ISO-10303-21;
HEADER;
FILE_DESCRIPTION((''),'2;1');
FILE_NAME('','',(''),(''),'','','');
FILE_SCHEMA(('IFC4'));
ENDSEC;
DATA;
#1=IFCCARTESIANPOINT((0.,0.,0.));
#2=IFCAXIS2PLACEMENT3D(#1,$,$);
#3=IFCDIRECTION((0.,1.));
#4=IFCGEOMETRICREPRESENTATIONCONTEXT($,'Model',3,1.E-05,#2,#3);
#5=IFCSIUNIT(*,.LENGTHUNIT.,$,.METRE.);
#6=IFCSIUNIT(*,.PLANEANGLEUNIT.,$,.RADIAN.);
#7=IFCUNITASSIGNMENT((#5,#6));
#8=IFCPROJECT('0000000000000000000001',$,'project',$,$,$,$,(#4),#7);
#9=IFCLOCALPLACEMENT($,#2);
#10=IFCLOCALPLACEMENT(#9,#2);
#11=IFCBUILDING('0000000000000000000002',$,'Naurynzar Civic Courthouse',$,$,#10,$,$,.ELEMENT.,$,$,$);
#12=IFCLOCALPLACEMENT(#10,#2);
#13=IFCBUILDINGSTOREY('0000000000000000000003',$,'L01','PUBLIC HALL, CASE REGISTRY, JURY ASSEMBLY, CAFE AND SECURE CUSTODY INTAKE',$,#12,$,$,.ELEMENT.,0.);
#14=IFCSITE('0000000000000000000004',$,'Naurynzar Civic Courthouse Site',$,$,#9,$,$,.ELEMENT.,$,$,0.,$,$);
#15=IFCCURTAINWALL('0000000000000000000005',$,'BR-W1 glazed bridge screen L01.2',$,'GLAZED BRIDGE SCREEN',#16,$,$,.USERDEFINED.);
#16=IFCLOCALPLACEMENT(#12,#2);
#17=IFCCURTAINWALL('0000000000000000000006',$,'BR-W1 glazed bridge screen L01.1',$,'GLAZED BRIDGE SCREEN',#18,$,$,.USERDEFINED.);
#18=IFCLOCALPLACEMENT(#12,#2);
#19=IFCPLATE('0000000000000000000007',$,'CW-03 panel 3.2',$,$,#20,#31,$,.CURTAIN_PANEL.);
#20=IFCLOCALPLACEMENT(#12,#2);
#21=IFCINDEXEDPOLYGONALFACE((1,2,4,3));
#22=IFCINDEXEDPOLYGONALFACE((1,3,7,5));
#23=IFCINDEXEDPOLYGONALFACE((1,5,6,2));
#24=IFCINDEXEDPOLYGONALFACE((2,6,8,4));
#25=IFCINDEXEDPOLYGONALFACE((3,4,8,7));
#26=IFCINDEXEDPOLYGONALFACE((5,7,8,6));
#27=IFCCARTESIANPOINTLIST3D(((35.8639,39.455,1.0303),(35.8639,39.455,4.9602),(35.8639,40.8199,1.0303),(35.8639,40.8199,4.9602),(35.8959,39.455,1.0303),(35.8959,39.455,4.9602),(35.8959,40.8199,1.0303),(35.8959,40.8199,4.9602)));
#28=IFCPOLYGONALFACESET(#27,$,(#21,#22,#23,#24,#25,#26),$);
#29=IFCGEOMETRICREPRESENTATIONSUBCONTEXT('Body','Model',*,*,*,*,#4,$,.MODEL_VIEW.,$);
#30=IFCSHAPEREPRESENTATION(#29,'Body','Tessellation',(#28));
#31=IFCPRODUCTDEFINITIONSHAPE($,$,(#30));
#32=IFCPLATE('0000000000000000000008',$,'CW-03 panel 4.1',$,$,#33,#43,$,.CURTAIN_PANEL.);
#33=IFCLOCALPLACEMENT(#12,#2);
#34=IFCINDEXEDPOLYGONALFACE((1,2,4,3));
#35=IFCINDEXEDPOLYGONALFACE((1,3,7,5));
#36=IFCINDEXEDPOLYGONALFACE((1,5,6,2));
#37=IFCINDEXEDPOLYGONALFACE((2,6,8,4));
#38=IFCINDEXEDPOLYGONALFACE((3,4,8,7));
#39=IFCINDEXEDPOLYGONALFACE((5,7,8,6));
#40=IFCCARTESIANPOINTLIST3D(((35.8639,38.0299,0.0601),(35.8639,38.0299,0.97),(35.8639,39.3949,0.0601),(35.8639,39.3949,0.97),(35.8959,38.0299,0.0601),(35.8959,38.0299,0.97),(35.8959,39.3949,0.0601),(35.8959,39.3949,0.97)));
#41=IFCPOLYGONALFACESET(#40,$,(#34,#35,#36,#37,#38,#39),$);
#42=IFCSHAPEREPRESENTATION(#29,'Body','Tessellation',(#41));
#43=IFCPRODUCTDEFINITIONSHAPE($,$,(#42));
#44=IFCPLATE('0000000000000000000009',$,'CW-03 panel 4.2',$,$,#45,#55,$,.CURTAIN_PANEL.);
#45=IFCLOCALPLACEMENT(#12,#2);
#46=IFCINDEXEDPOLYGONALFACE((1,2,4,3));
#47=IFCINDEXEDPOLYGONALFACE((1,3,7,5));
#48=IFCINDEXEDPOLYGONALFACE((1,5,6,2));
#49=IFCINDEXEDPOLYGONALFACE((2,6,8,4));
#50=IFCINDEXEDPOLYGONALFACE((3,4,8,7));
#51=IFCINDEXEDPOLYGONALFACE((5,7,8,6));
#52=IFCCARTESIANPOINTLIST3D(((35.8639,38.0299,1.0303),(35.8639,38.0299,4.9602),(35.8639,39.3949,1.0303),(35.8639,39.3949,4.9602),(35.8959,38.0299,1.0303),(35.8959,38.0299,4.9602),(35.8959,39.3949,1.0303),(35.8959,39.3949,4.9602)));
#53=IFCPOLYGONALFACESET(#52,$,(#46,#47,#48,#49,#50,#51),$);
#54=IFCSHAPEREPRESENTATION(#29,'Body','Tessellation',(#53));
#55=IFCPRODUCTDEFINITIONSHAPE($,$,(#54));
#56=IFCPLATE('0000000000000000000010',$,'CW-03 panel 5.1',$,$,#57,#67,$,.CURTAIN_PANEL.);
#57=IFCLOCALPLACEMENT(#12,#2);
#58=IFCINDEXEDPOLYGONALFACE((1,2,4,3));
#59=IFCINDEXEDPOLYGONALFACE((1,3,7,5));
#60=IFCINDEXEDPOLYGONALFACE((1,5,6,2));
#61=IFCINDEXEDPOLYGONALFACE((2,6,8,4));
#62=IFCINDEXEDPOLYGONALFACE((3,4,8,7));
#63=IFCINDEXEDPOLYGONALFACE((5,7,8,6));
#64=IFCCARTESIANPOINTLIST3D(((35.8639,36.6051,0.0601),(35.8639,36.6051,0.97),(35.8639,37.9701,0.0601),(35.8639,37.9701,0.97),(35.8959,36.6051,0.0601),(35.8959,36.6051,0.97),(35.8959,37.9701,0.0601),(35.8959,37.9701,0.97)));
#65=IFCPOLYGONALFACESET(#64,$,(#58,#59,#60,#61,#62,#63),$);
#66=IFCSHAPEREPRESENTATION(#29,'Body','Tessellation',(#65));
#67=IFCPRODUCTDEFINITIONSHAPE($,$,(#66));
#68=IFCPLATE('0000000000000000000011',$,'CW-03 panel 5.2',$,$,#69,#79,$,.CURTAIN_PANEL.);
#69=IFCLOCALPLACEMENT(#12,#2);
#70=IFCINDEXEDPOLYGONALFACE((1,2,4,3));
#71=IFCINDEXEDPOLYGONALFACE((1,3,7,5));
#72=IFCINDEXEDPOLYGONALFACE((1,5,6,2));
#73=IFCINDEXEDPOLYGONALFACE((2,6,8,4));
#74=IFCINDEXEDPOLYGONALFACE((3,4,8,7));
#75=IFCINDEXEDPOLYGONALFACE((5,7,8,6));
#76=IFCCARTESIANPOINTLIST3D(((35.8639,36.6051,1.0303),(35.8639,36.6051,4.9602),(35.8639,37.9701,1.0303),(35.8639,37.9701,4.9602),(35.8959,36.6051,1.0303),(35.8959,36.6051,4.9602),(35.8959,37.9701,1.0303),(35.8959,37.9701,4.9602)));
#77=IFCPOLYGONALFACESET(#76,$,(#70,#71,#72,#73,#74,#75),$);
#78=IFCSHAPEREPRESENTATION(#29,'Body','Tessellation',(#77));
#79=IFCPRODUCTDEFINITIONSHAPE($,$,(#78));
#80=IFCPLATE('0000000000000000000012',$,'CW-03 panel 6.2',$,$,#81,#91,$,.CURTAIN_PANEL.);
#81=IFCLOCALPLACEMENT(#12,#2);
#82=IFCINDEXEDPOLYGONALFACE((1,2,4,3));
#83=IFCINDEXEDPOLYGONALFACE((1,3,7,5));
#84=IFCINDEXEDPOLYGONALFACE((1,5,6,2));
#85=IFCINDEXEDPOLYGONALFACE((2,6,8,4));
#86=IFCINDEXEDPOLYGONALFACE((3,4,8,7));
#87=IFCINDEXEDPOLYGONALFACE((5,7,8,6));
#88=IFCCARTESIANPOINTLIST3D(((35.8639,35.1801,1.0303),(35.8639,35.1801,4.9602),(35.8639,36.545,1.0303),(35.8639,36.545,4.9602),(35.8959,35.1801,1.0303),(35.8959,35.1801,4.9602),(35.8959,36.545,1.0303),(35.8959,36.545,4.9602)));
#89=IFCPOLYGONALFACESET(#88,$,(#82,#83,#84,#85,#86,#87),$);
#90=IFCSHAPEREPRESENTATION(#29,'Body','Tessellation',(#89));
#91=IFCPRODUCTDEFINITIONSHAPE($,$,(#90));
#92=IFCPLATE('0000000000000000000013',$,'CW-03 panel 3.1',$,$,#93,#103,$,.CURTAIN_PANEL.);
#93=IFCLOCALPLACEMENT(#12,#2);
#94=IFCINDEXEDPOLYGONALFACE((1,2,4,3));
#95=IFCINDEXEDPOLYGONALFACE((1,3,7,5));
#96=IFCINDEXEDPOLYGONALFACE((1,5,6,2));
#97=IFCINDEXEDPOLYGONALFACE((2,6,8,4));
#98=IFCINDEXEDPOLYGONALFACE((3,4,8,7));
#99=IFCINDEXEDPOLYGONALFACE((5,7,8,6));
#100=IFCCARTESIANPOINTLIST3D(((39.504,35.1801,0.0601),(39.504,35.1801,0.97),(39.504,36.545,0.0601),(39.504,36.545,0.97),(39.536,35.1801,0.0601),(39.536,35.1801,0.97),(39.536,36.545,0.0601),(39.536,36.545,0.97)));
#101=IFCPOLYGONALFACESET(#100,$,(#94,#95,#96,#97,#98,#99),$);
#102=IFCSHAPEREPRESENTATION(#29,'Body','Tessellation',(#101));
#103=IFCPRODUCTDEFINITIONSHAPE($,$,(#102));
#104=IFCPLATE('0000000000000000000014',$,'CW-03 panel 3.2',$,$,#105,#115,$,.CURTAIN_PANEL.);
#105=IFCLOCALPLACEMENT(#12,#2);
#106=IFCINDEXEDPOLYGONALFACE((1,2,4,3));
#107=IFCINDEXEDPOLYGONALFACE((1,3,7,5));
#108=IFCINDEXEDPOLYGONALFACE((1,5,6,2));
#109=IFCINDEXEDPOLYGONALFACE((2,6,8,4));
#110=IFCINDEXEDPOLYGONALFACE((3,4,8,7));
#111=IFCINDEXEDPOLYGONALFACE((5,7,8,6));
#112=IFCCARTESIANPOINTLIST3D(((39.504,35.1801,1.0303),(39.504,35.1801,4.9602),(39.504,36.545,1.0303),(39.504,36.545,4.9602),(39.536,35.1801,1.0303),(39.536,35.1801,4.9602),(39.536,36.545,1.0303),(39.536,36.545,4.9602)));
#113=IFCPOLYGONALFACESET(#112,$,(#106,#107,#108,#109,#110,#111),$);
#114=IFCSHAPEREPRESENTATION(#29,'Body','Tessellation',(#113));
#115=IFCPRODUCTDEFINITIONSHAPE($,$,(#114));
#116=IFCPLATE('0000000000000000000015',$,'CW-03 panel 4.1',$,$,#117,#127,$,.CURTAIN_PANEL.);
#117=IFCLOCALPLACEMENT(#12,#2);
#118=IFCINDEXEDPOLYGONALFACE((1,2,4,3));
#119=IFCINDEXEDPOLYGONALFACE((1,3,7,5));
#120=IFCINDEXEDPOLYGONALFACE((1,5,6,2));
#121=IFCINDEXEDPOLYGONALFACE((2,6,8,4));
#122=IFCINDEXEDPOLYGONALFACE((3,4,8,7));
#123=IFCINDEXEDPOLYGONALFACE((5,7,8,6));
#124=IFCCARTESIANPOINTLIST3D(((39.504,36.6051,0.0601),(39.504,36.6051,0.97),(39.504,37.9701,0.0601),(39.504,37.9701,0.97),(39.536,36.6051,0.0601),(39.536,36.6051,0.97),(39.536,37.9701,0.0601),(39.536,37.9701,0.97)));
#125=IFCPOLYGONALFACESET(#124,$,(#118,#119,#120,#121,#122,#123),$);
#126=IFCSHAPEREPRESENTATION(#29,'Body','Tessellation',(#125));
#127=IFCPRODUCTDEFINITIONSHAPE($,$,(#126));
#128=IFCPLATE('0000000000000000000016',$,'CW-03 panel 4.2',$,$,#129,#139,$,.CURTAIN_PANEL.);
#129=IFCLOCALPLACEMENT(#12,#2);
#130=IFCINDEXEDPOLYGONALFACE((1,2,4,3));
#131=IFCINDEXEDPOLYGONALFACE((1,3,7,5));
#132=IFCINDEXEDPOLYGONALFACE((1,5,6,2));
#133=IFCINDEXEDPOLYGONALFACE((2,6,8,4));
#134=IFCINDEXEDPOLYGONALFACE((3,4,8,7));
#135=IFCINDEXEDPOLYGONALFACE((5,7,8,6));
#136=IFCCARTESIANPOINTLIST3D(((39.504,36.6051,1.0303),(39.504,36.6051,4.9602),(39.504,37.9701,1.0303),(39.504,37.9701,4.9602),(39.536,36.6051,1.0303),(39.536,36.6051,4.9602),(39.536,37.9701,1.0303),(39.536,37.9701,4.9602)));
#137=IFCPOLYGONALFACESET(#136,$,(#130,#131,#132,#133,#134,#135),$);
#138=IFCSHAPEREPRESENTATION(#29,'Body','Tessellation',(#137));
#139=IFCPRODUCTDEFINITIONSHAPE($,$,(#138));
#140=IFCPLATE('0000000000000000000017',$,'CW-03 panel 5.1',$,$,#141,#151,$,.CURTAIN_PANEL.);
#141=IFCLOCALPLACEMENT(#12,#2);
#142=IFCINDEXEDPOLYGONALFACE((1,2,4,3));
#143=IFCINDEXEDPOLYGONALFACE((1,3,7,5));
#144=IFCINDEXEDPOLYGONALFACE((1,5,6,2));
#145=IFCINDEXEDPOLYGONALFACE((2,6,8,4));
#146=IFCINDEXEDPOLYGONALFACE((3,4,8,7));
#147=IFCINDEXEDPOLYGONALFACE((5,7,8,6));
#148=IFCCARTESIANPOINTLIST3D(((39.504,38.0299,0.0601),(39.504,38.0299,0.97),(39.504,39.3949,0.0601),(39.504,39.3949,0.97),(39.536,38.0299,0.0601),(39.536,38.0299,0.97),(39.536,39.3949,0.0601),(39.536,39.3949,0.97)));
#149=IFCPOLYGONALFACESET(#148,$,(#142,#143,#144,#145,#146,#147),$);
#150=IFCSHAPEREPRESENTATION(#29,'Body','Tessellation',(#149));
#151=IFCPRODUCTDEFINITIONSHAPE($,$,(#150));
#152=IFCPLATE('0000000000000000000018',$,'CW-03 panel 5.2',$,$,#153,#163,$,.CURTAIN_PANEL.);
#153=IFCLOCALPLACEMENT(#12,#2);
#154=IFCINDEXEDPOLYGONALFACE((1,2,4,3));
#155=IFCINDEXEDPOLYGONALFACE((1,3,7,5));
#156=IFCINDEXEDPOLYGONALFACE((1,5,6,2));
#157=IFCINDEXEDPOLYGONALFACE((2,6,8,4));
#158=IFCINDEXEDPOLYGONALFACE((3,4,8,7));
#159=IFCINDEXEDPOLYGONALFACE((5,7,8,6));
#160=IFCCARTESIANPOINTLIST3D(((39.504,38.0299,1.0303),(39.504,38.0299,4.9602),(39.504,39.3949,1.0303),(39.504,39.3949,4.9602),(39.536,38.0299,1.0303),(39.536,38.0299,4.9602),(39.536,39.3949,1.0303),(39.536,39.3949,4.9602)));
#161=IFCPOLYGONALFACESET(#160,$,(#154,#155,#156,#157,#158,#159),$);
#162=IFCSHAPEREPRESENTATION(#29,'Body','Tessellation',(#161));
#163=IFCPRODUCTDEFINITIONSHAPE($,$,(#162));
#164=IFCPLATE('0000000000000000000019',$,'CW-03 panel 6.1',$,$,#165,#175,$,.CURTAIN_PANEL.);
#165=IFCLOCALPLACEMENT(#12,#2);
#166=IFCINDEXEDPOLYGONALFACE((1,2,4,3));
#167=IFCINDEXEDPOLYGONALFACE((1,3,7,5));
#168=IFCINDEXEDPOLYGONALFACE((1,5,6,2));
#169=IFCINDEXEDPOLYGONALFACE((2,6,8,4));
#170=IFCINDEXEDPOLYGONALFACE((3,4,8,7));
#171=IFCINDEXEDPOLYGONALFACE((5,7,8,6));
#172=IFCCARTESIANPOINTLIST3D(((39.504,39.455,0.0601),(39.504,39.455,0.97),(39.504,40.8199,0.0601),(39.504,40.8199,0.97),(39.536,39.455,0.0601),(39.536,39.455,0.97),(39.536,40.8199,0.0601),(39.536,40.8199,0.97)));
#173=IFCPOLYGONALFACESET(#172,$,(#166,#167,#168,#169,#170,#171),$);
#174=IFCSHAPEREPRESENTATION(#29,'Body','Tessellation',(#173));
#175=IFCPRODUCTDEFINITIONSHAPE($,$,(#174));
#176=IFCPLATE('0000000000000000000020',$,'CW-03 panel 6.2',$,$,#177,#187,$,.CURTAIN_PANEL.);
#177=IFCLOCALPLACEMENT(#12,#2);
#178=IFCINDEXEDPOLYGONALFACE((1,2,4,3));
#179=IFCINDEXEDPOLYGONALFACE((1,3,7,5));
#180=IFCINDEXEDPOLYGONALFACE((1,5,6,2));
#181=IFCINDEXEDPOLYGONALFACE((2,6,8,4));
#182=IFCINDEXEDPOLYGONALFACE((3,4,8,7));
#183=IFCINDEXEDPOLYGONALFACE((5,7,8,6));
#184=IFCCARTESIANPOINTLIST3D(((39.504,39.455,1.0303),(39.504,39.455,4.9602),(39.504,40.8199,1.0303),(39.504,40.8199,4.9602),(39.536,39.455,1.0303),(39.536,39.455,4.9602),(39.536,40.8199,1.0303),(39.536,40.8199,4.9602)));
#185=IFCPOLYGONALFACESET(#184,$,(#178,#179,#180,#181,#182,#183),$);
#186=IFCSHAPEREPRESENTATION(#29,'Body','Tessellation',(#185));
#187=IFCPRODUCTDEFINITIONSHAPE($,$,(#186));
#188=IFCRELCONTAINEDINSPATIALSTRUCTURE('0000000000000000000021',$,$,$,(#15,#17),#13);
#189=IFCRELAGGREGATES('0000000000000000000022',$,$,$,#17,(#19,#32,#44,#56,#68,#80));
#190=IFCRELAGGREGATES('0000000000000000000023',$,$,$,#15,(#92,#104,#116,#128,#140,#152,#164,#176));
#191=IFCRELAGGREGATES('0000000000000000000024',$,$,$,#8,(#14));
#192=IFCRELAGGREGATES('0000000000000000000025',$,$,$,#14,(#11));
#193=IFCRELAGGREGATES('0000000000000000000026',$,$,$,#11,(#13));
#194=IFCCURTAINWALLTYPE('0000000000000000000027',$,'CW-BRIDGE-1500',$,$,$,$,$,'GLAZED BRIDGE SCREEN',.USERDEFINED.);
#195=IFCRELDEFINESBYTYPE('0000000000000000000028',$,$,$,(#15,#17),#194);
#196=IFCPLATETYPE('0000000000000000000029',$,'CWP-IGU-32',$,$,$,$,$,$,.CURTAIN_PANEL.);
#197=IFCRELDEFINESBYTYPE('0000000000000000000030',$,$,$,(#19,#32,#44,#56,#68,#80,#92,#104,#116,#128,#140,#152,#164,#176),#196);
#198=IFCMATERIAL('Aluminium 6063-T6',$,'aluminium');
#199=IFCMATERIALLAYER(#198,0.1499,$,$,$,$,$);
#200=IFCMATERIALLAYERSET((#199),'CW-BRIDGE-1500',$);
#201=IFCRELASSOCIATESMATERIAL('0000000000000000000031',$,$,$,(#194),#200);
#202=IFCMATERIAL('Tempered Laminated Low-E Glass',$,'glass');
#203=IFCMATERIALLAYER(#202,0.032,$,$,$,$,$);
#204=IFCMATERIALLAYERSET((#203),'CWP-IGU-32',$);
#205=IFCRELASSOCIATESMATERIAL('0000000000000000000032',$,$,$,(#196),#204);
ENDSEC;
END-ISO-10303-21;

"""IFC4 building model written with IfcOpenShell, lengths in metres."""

from ifc_helpers import new_model, si_unit, direction, frame, origin, origin_2d, place, context, subcontext, project, spatial, rectangle, extrude, material, layer, layer_set, type_object, element, aggregate, save


model = new_model("IFC4")

# Units and contexts
model_context = context("Model", 3, precision=1e-05, world=origin(), true_north=direction((0.0, 1.0)))
body_context = subcontext(model_context, "Body", "Model", "MODEL_VIEW")
ifc_project = project(units=[si_unit("LENGTHUNIT", "METRE"), si_unit("PLANEANGLEUNIT", "RADIAN")], contexts=[model_context])

# Site, building, storey
site_placement = place(None, origin())
site = spatial("IfcSite", under=ifc_project, at=site_placement, Name="Naurynzar Civic Courthouse Site", CompositionType="ELEMENT", RefElevation=0.0)
building_placement = place(site_placement, origin())
building = spatial("IfcBuilding", under=site, at=building_placement, Name="Naurynzar Civic Courthouse", CompositionType="ELEMENT")
storey_placement = place(building_placement, origin())
storey = spatial("IfcBuildingStorey", under=building, at=storey_placement, Name="L01", Description="PUBLIC HALL, CASE REGISTRY, JURY ASSEMBLY, CAFE AND SECURE CUSTODY INTAKE", CompositionType="ELEMENT", Elevation=0.0)

# Curtain walls
ifc_material_1 = material(Name="Aluminium 6063-T6", Category="aluminium")
ifc_layer_1 = layer(ifc_material_1, 0.1499)
ifc_layer_set_1 = layer_set([ifc_layer_1], Name="CW-BRIDGE-1500")
curtain_wall_type = type_object("IfcCurtainWallType", Name="CW-BRIDGE-1500", ElementType="GLAZED BRIDGE SCREEN", PredefinedType="USERDEFINED", material=ifc_layer_set_1)
curtain_wall_1_placement = place(storey_placement, origin())
curtain_wall_1 = element("IfcCurtainWall", 1, at=curtain_wall_1_placement, inside=storey, type_object=curtain_wall_type, Name="BR-W1 glazed bridge screen L01.2", ObjectType="GLAZED BRIDGE SCREEN", PredefinedType="USERDEFINED")
curtain_wall_2_placement = place(storey_placement, origin())
curtain_wall_2 = element("IfcCurtainWall", 2, at=curtain_wall_2_placement, inside=storey, type_object=curtain_wall_type, Name="BR-W1 glazed bridge screen L01.1", ObjectType="GLAZED BRIDGE SCREEN", PredefinedType="USERDEFINED")

# Plates
ifc_material_2 = material(Name="Tempered Laminated Low-E Glass", Category="glass")
ifc_layer_2 = layer(ifc_material_2, 0.032)
ifc_layer_set_2 = layer_set([ifc_layer_2], Name="CWP-IGU-32")
plate_type = type_object("IfcPlateType", Name="CWP-IGU-32", PredefinedType="CURTAIN_PANEL", material=ifc_layer_set_2)
plate_1_placement = place(storey_placement, frame((35.8799, 40.1375, 1.0303), z_axis=(0.0, 0.0, 1.0), x_axis=(0.0, -1.0, 0.0)))
plate_1 = element("IfcPlate", 3, at=plate_1_placement, type_object=plate_type, Name="CW-03 panel 3.2", PredefinedType="CURTAIN_PANEL", context=body_context, shape_type="SweptSolid", body=[
    extrude(rectangle(XDim=1.365, YDim=0.032, at=origin_2d()), origin(), (0.0, 0.0, 1.0), 3.9299),
])
plate_2_placement = place(storey_placement, frame((35.8799, 38.7124, 0.0601), z_axis=(0.0, 0.0, 1.0), x_axis=(0.0, -1.0, 0.0)))
plate_2 = element("IfcPlate", 4, at=plate_2_placement, type_object=plate_type, Name="CW-03 panel 4.1", PredefinedType="CURTAIN_PANEL", context=body_context, shape_type="SweptSolid", body=[
    extrude(rectangle(XDim=1.365, YDim=0.032, at=origin_2d()), origin(), (0.0, 0.0, 1.0), 0.9099),
])
plate_3_placement = place(storey_placement, frame((35.8799, 38.7124, 1.0303), z_axis=(0.0, 0.0, 1.0), x_axis=(0.0, -1.0, 0.0)))
plate_3 = element("IfcPlate", 5, at=plate_3_placement, type_object=plate_type, Name="CW-03 panel 4.2", PredefinedType="CURTAIN_PANEL", context=body_context, shape_type="SweptSolid", body=[
    extrude(rectangle(XDim=1.365, YDim=0.032, at=origin_2d()), origin(), (0.0, 0.0, 1.0), 3.9299),
])
plate_4_placement = place(storey_placement, frame((35.8799, 37.2876, 0.0601), z_axis=(0.0, 0.0, 1.0), x_axis=(0.0, -1.0, 0.0)))
plate_4 = element("IfcPlate", 6, at=plate_4_placement, type_object=plate_type, Name="CW-03 panel 5.1", PredefinedType="CURTAIN_PANEL", context=body_context, shape_type="SweptSolid", body=[
    extrude(rectangle(XDim=1.365, YDim=0.032, at=origin_2d()), origin(), (0.0, 0.0, 1.0), 0.9099),
])
plate_5_placement = place(storey_placement, frame((35.8799, 37.2876, 1.0303), z_axis=(0.0, 0.0, 1.0), x_axis=(0.0, -1.0, 0.0)))
plate_5 = element("IfcPlate", 7, at=plate_5_placement, type_object=plate_type, Name="CW-03 panel 5.2", PredefinedType="CURTAIN_PANEL", context=body_context, shape_type="SweptSolid", body=[
    extrude(rectangle(XDim=1.365, YDim=0.032, at=origin_2d()), origin(), (0.0, 0.0, 1.0), 3.9299),
])
plate_6_placement = place(storey_placement, frame((35.8799, 35.8625, 1.0303), z_axis=(0.0, 0.0, 1.0), x_axis=(0.0, -1.0, 0.0)))
plate_6 = element("IfcPlate", 8, at=plate_6_placement, type_object=plate_type, Name="CW-03 panel 6.2", PredefinedType="CURTAIN_PANEL", context=body_context, shape_type="SweptSolid", body=[
    extrude(rectangle(XDim=1.365, YDim=0.032, at=origin_2d()), origin(), (0.0, 0.0, 1.0), 3.9299),
])
aggregate(curtain_wall_2, [plate_1, plate_2, plate_3, plate_4, plate_5, plate_6])
plate_7_placement = place(storey_placement, frame((39.52, 35.8625, 0.0601), z_axis=(0.0, 0.0, 1.0), x_axis=(0.0, 1.0, 0.0)))
plate_7 = element("IfcPlate", 9, at=plate_7_placement, type_object=plate_type, Name="CW-03 panel 3.1", PredefinedType="CURTAIN_PANEL", context=body_context, shape_type="SweptSolid", body=[
    extrude(rectangle(XDim=1.365, YDim=0.032, at=origin_2d()), origin(), (0.0, 0.0, 1.0), 0.9099),
])
plate_8_placement = place(storey_placement, frame((39.52, 35.8625, 1.0303), z_axis=(0.0, 0.0, 1.0), x_axis=(0.0, 1.0, 0.0)))
plate_8 = element("IfcPlate", 10, at=plate_8_placement, type_object=plate_type, Name="CW-03 panel 3.2", PredefinedType="CURTAIN_PANEL", context=body_context, shape_type="SweptSolid", body=[
    extrude(rectangle(XDim=1.365, YDim=0.032, at=origin_2d()), origin(), (0.0, 0.0, 1.0), 3.9299),
])
plate_9_placement = place(storey_placement, frame((39.52, 37.2876, 0.0601), z_axis=(0.0, 0.0, 1.0), x_axis=(0.0, 1.0, 0.0)))
plate_9 = element("IfcPlate", 11, at=plate_9_placement, type_object=plate_type, Name="CW-03 panel 4.1", PredefinedType="CURTAIN_PANEL", context=body_context, shape_type="SweptSolid", body=[
    extrude(rectangle(XDim=1.365, YDim=0.032, at=origin_2d()), origin(), (0.0, 0.0, 1.0), 0.9099),
])
plate_10_placement = place(storey_placement, frame((39.52, 37.2876, 1.0303), z_axis=(0.0, 0.0, 1.0), x_axis=(0.0, 1.0, 0.0)))
plate_10 = element("IfcPlate", 12, at=plate_10_placement, type_object=plate_type, Name="CW-03 panel 4.2", PredefinedType="CURTAIN_PANEL", context=body_context, shape_type="SweptSolid", body=[
    extrude(rectangle(XDim=1.365, YDim=0.032, at=origin_2d()), origin(), (0.0, 0.0, 1.0), 3.9299),
])
plate_11_placement = place(storey_placement, frame((39.52, 38.7124, 0.0601), z_axis=(0.0, 0.0, 1.0), x_axis=(0.0, 1.0, 0.0)))
plate_11 = element("IfcPlate", 13, at=plate_11_placement, type_object=plate_type, Name="CW-03 panel 5.1", PredefinedType="CURTAIN_PANEL", context=body_context, shape_type="SweptSolid", body=[
    extrude(rectangle(XDim=1.365, YDim=0.032, at=origin_2d()), origin(), (0.0, 0.0, 1.0), 0.9099),
])
plate_12_placement = place(storey_placement, frame((39.52, 38.7124, 1.0303), z_axis=(0.0, 0.0, 1.0), x_axis=(0.0, 1.0, 0.0)))
plate_12 = element("IfcPlate", 14, at=plate_12_placement, type_object=plate_type, Name="CW-03 panel 5.2", PredefinedType="CURTAIN_PANEL", context=body_context, shape_type="SweptSolid", body=[
    extrude(rectangle(XDim=1.365, YDim=0.032, at=origin_2d()), origin(), (0.0, 0.0, 1.0), 3.9299),
])
plate_13_placement = place(storey_placement, frame((39.52, 40.1375, 0.0601), z_axis=(0.0, 0.0, 1.0), x_axis=(0.0, 1.0, 0.0)))
plate_13 = element("IfcPlate", 15, at=plate_13_placement, type_object=plate_type, Name="CW-03 panel 6.1", PredefinedType="CURTAIN_PANEL", context=body_context, shape_type="SweptSolid", body=[
    extrude(rectangle(XDim=1.365, YDim=0.032, at=origin_2d()), origin(), (0.0, 0.0, 1.0), 0.9099),
])
plate_14_placement = place(storey_placement, frame((39.52, 40.1375, 1.0303), z_axis=(0.0, 0.0, 1.0), x_axis=(0.0, 1.0, 0.0)))
plate_14 = element("IfcPlate", 16, at=plate_14_placement, type_object=plate_type, Name="CW-03 panel 6.2", PredefinedType="CURTAIN_PANEL", context=body_context, shape_type="SweptSolid", body=[
    extrude(rectangle(XDim=1.365, YDim=0.032, at=origin_2d()), origin(), (0.0, 0.0, 1.0), 3.9299),
])
aggregate(curtain_wall_1, [plate_7, plate_8, plate_9, plate_10, plate_11, plate_12, plate_13, plate_14])

save(model, "model.ifc")
